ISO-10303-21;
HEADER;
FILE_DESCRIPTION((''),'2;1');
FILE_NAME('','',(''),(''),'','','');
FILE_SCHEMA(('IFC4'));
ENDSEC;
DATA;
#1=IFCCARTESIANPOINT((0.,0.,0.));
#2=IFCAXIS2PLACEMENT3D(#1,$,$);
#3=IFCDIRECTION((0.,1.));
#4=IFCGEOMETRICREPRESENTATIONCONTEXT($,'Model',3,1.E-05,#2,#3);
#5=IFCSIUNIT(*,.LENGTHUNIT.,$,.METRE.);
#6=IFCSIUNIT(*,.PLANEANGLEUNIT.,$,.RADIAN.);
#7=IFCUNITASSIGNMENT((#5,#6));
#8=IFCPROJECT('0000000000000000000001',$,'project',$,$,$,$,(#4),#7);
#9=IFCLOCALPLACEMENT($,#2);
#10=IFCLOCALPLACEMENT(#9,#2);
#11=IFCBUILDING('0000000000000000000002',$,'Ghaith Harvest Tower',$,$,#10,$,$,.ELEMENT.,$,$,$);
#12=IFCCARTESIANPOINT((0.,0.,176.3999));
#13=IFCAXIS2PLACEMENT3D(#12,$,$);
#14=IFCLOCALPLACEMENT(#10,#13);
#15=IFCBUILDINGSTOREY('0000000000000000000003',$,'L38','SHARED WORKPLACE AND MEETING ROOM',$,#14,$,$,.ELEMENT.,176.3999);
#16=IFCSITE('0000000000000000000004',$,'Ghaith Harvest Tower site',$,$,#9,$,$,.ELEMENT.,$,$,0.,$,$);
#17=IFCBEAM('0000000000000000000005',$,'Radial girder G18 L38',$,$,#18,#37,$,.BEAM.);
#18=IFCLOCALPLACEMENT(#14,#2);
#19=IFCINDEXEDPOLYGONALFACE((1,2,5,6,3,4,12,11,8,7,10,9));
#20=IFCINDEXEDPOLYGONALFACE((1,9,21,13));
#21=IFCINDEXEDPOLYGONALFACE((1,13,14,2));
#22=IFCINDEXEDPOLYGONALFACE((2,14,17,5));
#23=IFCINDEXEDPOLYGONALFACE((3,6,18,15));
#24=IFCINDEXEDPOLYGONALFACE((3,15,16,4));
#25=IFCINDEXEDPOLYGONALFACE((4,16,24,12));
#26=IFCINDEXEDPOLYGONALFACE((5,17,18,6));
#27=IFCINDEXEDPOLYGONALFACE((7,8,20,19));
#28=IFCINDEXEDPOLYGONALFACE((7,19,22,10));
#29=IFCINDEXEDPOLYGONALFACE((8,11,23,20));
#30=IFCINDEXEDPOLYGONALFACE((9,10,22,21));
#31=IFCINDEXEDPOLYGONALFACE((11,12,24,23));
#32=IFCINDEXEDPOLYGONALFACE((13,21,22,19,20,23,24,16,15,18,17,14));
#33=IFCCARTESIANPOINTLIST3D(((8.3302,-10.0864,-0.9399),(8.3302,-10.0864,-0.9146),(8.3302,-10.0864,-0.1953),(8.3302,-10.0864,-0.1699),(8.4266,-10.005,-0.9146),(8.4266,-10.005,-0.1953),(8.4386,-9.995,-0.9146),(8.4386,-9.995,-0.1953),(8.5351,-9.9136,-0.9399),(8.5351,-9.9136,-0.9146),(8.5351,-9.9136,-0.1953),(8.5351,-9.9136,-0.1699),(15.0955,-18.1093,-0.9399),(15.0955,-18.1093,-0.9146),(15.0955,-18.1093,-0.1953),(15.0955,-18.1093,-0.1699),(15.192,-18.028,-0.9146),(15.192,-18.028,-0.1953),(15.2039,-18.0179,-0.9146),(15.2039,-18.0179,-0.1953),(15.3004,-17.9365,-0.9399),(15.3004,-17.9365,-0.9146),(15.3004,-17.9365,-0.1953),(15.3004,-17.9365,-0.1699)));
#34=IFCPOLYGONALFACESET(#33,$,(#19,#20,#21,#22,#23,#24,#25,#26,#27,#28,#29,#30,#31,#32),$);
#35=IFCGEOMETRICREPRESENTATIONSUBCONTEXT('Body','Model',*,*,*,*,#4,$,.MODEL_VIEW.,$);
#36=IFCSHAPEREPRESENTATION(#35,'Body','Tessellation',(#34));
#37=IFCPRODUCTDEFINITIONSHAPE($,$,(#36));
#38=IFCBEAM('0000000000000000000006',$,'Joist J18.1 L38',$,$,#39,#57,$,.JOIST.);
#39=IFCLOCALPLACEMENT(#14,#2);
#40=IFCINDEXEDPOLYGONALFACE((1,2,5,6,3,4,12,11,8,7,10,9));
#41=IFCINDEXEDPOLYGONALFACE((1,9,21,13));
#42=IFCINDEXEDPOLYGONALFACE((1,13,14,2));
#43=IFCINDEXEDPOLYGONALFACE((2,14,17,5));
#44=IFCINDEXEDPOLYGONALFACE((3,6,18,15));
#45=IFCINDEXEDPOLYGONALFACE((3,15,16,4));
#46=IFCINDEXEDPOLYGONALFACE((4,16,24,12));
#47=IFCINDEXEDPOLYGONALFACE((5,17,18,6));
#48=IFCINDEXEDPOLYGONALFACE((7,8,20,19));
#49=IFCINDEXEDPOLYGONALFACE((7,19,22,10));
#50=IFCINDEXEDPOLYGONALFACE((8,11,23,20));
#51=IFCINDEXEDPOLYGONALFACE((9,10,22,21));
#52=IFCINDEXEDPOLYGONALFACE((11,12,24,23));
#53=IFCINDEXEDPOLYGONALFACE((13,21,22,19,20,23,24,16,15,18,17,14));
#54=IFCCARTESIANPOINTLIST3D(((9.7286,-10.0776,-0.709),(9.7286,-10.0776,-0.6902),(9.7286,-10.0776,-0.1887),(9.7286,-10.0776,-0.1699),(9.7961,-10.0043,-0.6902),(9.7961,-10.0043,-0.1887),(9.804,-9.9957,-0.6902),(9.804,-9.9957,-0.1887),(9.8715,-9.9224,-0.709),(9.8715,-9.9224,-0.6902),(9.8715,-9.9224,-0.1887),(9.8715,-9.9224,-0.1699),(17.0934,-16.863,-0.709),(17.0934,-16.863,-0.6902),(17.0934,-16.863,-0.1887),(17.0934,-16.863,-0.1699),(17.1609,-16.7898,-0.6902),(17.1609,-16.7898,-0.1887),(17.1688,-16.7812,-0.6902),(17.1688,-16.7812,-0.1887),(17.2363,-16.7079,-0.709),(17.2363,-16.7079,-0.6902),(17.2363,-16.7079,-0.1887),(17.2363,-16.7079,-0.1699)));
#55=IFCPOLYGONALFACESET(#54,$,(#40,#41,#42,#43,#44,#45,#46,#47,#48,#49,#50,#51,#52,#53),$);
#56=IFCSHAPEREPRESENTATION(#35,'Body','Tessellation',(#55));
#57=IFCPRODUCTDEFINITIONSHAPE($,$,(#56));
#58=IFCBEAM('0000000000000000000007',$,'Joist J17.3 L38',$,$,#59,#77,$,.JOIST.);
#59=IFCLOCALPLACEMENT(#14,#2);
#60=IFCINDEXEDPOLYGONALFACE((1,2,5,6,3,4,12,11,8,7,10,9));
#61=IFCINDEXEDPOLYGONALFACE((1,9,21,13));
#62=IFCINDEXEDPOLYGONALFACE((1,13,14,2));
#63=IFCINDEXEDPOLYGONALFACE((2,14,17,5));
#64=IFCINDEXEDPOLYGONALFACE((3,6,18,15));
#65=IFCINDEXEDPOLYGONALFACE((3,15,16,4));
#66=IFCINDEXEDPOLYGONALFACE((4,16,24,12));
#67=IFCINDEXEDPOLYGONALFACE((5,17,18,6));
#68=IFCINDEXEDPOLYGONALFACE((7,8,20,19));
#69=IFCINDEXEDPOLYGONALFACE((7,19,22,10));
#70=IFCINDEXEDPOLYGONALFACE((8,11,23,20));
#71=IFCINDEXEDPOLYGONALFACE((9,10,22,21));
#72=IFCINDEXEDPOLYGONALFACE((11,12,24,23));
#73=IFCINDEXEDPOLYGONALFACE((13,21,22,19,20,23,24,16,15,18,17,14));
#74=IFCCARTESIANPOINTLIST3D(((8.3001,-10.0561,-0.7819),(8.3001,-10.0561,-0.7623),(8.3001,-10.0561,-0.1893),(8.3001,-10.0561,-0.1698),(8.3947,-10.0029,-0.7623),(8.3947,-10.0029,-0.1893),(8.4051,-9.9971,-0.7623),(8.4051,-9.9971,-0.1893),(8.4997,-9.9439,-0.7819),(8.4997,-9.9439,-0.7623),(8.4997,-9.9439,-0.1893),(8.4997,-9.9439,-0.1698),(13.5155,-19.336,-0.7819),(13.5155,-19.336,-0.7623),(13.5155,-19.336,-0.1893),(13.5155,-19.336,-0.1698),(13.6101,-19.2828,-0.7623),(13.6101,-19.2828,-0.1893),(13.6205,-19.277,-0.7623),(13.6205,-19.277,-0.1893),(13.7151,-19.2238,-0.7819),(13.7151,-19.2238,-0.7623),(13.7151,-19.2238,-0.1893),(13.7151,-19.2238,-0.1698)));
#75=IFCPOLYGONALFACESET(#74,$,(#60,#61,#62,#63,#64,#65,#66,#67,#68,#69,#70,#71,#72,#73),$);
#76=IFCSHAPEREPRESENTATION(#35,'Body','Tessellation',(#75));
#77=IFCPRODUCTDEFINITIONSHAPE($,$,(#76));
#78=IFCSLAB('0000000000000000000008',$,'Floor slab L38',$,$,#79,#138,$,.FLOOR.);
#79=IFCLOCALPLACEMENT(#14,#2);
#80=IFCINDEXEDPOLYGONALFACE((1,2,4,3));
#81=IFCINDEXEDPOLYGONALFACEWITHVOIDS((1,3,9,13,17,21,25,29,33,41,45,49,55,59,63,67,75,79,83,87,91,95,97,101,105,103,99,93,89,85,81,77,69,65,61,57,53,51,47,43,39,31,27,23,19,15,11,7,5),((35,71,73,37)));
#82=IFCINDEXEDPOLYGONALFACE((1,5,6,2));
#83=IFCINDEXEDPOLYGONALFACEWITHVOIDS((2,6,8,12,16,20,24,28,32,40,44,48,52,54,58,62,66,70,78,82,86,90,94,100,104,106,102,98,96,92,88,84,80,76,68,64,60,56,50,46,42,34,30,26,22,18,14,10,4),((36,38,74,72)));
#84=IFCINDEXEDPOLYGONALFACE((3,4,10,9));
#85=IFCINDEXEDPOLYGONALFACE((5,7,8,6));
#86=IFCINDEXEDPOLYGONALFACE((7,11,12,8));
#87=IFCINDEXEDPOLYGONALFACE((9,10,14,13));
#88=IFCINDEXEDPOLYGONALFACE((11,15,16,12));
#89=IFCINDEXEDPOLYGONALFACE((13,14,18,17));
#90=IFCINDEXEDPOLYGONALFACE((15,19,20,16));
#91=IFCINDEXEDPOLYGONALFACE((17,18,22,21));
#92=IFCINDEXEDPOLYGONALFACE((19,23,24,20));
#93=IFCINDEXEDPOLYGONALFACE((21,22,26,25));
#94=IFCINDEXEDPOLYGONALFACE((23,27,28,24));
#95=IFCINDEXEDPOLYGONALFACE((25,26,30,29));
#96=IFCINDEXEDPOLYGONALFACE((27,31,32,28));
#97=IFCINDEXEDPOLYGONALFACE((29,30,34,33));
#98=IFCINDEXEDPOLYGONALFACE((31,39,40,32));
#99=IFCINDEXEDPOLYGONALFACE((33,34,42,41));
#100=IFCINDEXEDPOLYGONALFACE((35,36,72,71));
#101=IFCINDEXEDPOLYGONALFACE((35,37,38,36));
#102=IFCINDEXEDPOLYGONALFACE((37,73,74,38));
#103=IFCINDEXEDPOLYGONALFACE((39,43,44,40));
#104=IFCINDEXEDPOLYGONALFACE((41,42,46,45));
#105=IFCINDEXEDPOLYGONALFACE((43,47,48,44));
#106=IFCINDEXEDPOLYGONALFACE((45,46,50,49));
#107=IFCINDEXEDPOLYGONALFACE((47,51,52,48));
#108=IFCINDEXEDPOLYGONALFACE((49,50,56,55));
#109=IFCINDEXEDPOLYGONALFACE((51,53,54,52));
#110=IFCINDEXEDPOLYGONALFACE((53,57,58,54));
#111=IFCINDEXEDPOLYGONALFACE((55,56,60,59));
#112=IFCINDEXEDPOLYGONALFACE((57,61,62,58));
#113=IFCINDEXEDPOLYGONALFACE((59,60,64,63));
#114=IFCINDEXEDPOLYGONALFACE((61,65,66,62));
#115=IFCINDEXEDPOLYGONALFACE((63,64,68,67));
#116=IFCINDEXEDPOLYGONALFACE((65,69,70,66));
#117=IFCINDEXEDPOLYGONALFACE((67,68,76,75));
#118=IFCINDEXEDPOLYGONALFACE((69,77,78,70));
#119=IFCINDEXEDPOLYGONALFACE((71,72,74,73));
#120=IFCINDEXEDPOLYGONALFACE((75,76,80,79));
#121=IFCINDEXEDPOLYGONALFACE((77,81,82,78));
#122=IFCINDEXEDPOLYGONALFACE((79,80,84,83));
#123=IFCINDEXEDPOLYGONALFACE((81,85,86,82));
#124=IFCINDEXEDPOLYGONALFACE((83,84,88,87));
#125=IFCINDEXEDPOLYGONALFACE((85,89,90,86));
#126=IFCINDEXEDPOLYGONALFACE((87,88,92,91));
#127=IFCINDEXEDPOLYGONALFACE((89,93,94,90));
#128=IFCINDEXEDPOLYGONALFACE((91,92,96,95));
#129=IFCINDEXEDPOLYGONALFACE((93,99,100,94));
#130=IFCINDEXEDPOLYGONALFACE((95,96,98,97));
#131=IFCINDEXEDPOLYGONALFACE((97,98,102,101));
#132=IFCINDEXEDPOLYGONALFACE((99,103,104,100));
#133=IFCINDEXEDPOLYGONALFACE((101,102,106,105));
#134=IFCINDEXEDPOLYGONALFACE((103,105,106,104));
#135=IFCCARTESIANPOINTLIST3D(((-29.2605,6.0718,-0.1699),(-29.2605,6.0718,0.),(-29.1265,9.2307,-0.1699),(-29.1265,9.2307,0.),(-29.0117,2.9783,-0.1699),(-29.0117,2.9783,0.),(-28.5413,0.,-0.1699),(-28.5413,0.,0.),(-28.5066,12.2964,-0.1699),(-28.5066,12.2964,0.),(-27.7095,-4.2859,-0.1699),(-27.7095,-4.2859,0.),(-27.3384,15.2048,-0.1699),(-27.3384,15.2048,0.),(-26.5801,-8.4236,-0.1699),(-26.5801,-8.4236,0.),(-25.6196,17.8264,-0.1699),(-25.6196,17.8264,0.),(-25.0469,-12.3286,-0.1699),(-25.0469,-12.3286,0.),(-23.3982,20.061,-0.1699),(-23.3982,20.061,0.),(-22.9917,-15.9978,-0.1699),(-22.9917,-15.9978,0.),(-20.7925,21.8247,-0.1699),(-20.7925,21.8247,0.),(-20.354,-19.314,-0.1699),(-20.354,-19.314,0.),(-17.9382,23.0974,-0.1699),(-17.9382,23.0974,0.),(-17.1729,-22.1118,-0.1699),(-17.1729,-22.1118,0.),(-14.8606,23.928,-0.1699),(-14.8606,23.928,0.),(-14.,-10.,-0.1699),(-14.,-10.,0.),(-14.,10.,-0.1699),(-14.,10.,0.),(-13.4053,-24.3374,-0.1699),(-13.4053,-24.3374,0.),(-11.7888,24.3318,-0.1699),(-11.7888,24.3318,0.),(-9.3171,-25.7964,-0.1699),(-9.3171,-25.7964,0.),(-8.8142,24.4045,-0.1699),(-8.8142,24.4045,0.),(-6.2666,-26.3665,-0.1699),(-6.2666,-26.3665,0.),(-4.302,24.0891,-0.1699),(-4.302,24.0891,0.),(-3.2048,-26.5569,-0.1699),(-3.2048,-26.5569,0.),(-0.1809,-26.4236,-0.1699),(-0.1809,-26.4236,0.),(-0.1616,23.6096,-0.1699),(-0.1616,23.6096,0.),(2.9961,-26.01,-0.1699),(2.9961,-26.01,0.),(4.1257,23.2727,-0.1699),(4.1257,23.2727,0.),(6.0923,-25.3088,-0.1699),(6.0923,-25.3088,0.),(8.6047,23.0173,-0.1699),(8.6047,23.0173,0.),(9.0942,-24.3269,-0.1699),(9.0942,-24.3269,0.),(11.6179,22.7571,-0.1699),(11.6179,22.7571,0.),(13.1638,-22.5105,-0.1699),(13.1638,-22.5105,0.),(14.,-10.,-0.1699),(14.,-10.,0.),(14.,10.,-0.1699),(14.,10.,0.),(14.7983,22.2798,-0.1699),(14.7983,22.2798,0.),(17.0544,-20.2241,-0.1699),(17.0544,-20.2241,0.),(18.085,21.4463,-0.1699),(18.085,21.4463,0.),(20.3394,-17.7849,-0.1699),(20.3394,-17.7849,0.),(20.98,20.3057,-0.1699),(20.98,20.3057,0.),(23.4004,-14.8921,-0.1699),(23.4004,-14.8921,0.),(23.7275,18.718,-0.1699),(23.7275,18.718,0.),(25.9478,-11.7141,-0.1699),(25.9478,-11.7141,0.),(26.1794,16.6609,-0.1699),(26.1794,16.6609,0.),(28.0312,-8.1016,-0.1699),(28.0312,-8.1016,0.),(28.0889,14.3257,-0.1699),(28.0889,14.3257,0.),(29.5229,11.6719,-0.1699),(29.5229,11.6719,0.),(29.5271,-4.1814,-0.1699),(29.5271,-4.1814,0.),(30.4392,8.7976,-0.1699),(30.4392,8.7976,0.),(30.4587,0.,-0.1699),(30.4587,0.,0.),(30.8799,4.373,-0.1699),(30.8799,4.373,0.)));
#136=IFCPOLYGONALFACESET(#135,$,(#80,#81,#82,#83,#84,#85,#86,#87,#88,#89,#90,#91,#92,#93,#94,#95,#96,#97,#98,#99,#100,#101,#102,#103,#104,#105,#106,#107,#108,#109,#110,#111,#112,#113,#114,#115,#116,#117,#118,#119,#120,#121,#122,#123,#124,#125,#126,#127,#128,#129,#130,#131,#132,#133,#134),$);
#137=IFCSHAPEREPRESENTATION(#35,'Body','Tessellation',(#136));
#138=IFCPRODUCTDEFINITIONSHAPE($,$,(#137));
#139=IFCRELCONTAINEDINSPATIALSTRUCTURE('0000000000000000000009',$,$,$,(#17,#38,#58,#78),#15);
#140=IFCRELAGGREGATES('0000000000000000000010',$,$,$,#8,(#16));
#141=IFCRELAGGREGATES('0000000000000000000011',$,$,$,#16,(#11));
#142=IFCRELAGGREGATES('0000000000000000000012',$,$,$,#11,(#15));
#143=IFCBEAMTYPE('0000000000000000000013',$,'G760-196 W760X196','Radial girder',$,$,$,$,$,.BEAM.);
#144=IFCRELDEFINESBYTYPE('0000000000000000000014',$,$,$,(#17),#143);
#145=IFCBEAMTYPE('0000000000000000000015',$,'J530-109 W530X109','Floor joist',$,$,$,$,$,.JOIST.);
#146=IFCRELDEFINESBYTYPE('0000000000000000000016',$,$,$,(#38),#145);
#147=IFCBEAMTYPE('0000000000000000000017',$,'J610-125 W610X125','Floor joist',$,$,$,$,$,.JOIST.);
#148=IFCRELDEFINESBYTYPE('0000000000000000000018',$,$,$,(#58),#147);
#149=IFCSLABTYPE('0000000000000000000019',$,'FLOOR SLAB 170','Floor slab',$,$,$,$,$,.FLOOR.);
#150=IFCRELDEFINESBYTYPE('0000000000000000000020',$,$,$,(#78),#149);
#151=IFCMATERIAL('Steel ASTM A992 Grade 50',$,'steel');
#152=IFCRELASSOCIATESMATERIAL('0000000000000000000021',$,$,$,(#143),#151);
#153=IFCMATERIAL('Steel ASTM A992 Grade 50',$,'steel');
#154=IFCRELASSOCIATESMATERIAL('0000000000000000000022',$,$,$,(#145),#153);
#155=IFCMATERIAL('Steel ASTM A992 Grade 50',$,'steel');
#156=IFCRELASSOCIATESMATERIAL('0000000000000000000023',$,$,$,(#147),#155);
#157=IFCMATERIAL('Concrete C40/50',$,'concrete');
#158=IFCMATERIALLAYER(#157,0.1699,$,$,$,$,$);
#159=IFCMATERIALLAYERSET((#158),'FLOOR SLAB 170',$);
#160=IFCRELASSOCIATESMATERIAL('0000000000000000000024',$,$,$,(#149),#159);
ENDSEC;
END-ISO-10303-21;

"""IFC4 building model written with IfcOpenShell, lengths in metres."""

from ifc_helpers import new_model, si_unit, direction, frame, origin, origin_2d, place, context, subcontext, project, spatial, polyline, i_section, outline, extrude, material, layer, layer_set, material_profile, profile_set, type_object, element, save


model = new_model("IFC4")

# Units and contexts
model_context = context("Model", 3, precision=1e-05, world=origin(), true_north=direction((0.0, 1.0)))
body_context = subcontext(model_context, "Body", "Model", "MODEL_VIEW")
ifc_project = project(units=[si_unit("LENGTHUNIT", "METRE"), si_unit("PLANEANGLEUNIT", "RADIAN")], contexts=[model_context])

# Site, building, storey
site_placement = place(None, origin())
site = spatial("IfcSite", under=ifc_project, at=site_placement, Name="Ghaith Harvest Tower site", CompositionType="ELEMENT", RefElevation=0.0)
building_placement = place(site_placement, origin())
building = spatial("IfcBuilding", under=site, at=building_placement, Name="Ghaith Harvest Tower", CompositionType="ELEMENT")
storey_placement = place(building_placement, frame((0.0, 0.0, 176.3999)))
storey = spatial("IfcBuildingStorey", under=building, at=storey_placement, Name="L38", Description="SHARED WORKPLACE AND MEETING ROOM", CompositionType="ELEMENT", Elevation=176.3999)

# Beams
ifc_material_1 = material(Name="Steel ASTM A992 Grade 50", Category="steel")
ifc_material_profile_1 = material_profile(ifc_material_1, i_section(OverallWidth=0.2681, OverallDepth=0.77, WebThickness=0.0156, FlangeThickness=0.0254, at=origin_2d()), Name="W760X196")
ifc_profile_set_1 = profile_set([ifc_material_profile_1], Name="Steel ASTM A992 Grade 50")
beam_type_1 = type_object("IfcBeamType", Name="G760-196 W760X196", Description="Radial girder", PredefinedType="BEAM", material=ifc_profile_set_1)
beam_1_placement = place(storey_placement, frame((8.4326, -10.0, -0.5549), z_axis=(0.644649, -0.764478, 0.0), x_axis=(0.764478, 0.644649, 0.0)))
element("IfcBeam", 1, at=beam_1_placement, inside=storey, type_object=beam_type_1, Name="Radial girder G18 L38", PredefinedType="BEAM", context=body_context, shape_type="SweptSolid", body=[
    extrude(i_section(OverallWidth=0.2681, OverallDepth=0.77, WebThickness=0.0156, FlangeThickness=0.0254, at=origin_2d()), origin(), (0.0, 0.0, 1.0), 10.4946),
])
ifc_material_2 = material(Name="Steel ASTM A992 Grade 50", Category="steel")
ifc_material_profile_2 = material_profile(ifc_material_2, i_section(OverallWidth=0.2109, OverallDepth=0.5391, WebThickness=0.0117, FlangeThickness=0.0188, at=origin_2d()), Name="W530X109")
ifc_profile_set_2 = profile_set([ifc_material_profile_2], Name="Steel ASTM A992 Grade 50")
beam_type_2 = type_object("IfcBeamType", Name="J530-109 W530X109", Description="Floor joist", PredefinedType="JOIST", material=ifc_profile_set_2)
beam_2_placement = place(storey_placement, frame((9.8, -10.0, -0.4395), z_axis=(0.735442, -0.677588, 0.0), x_axis=(0.677588, 0.735442, 0.0)))
element("IfcBeam", 2, at=beam_2_placement, inside=storey, type_object=beam_type_2, Name="Joist J18.1 L38", PredefinedType="JOIST", context=body_context, shape_type="SweptSolid", body=[
    extrude(i_section(OverallWidth=0.2109, OverallDepth=0.5391, WebThickness=0.0117, FlangeThickness=0.0188, at=origin_2d()), origin(), (0.0, 0.0, 1.0), 10.0142),
])
ifc_material_3 = material(Name="Steel ASTM A992 Grade 50", Category="steel")
ifc_material_profile_3 = material_profile(ifc_material_3, i_section(OverallWidth=0.229, OverallDepth=0.6121, WebThickness=0.012, FlangeThickness=0.0195, at=origin_2d()), Name="W610X125")
ifc_profile_set_3 = profile_set([ifc_material_profile_3], Name="Steel ASTM A992 Grade 50")
beam_type_3 = type_object("IfcBeamType", Name="J610-125 W610X125", Description="Floor joist", PredefinedType="JOIST", material=ifc_profile_set_3)
beam_3_placement = place(storey_placement, frame((8.3999, -10.0, -0.4758), z_axis=(0.489937, -0.871758, 0.0), x_axis=(0.871758, 0.489937, 0.0)))
element("IfcBeam", 3, at=beam_3_placement, inside=storey, type_object=beam_type_3, Name="Joist J17.3 L38", PredefinedType="JOIST", context=body_context, shape_type="SweptSolid", body=[
    extrude(i_section(OverallWidth=0.229, OverallDepth=0.6121, WebThickness=0.012, FlangeThickness=0.0195, at=origin_2d()), origin(), (0.0, 0.0, 1.0), 10.645),
])

# Slab
ifc_material_4 = material(Name="Concrete C40/50", Category="concrete")
ifc_layer_1 = layer(ifc_material_4, 0.1699)
ifc_layer_set_1 = layer_set([ifc_layer_1], Name="FLOOR SLAB 170")
slab_type_1 = type_object("IfcSlabType", Name="FLOOR SLAB 170", Description="Floor slab", PredefinedType="FLOOR", material=ifc_layer_set_1)
slab_1_placement = place(storey_placement, frame((0.0, 0.0, -0.1699)))
element("IfcSlab", 4, at=slab_1_placement, inside=storey, type_object=slab_type_1, Name="Floor slab L38", PredefinedType="FLOOR", context=body_context, shape_type="SweptSolid", body=[
    extrude(outline(polyline([(30.4587, 0.0), (30.8799, 4.373), (30.4392, 8.7976), (29.5229, 11.6719), (28.0889, 14.3257), (26.1794, 16.6609), (23.7275, 18.718), (20.98, 20.3057), (18.085, 21.4463), (14.7983, 22.2798), (11.6179, 22.7571), (8.6047, 23.0173), (4.1257, 23.2727), (-0.1616, 23.6096), (-4.302, 24.0891), (-8.8142, 24.4045), (-11.7888, 24.3318), (-14.8606, 23.928), (-17.9382, 23.0974), (-20.7925, 21.8247), (-23.3982, 20.061), (-25.6196, 17.8264), (-27.3384, 15.2048), (-28.5066, 12.2964), (-29.1265, 9.2307), (-29.2605, 6.0718), (-29.0117, 2.9783), (-28.5413, 0.0), (-27.7095, -4.2859), (-26.5801, -8.4236), (-25.0469, -12.3286), (-22.9917, -15.9978), (-20.354, -19.314), (-17.1729, -22.1118), (-13.4053, -24.3374), (-9.3171, -25.7964), (-6.2666, -26.3665), (-3.2048, -26.5569), (-0.1809, -26.4236), (2.9961, -26.01), (6.0923, -25.3088), (9.0942, -24.3269), (13.1638, -22.5105), (17.0544, -20.2241), (20.3394, -17.7849), (23.4004, -14.8921), (25.9478, -11.7141), (28.0312, -8.1016), (29.5271, -4.1814), (30.4587, 0.0)]), holes=[polyline([(-14.0, -10.0), (14.0, -10.0), (14.0, 10.0), (-14.0, 10.0), (-14.0, -10.0)])]), origin(), (0.0, 0.0, 1.0), 0.1699),
])

save(model, "model.ifc")
